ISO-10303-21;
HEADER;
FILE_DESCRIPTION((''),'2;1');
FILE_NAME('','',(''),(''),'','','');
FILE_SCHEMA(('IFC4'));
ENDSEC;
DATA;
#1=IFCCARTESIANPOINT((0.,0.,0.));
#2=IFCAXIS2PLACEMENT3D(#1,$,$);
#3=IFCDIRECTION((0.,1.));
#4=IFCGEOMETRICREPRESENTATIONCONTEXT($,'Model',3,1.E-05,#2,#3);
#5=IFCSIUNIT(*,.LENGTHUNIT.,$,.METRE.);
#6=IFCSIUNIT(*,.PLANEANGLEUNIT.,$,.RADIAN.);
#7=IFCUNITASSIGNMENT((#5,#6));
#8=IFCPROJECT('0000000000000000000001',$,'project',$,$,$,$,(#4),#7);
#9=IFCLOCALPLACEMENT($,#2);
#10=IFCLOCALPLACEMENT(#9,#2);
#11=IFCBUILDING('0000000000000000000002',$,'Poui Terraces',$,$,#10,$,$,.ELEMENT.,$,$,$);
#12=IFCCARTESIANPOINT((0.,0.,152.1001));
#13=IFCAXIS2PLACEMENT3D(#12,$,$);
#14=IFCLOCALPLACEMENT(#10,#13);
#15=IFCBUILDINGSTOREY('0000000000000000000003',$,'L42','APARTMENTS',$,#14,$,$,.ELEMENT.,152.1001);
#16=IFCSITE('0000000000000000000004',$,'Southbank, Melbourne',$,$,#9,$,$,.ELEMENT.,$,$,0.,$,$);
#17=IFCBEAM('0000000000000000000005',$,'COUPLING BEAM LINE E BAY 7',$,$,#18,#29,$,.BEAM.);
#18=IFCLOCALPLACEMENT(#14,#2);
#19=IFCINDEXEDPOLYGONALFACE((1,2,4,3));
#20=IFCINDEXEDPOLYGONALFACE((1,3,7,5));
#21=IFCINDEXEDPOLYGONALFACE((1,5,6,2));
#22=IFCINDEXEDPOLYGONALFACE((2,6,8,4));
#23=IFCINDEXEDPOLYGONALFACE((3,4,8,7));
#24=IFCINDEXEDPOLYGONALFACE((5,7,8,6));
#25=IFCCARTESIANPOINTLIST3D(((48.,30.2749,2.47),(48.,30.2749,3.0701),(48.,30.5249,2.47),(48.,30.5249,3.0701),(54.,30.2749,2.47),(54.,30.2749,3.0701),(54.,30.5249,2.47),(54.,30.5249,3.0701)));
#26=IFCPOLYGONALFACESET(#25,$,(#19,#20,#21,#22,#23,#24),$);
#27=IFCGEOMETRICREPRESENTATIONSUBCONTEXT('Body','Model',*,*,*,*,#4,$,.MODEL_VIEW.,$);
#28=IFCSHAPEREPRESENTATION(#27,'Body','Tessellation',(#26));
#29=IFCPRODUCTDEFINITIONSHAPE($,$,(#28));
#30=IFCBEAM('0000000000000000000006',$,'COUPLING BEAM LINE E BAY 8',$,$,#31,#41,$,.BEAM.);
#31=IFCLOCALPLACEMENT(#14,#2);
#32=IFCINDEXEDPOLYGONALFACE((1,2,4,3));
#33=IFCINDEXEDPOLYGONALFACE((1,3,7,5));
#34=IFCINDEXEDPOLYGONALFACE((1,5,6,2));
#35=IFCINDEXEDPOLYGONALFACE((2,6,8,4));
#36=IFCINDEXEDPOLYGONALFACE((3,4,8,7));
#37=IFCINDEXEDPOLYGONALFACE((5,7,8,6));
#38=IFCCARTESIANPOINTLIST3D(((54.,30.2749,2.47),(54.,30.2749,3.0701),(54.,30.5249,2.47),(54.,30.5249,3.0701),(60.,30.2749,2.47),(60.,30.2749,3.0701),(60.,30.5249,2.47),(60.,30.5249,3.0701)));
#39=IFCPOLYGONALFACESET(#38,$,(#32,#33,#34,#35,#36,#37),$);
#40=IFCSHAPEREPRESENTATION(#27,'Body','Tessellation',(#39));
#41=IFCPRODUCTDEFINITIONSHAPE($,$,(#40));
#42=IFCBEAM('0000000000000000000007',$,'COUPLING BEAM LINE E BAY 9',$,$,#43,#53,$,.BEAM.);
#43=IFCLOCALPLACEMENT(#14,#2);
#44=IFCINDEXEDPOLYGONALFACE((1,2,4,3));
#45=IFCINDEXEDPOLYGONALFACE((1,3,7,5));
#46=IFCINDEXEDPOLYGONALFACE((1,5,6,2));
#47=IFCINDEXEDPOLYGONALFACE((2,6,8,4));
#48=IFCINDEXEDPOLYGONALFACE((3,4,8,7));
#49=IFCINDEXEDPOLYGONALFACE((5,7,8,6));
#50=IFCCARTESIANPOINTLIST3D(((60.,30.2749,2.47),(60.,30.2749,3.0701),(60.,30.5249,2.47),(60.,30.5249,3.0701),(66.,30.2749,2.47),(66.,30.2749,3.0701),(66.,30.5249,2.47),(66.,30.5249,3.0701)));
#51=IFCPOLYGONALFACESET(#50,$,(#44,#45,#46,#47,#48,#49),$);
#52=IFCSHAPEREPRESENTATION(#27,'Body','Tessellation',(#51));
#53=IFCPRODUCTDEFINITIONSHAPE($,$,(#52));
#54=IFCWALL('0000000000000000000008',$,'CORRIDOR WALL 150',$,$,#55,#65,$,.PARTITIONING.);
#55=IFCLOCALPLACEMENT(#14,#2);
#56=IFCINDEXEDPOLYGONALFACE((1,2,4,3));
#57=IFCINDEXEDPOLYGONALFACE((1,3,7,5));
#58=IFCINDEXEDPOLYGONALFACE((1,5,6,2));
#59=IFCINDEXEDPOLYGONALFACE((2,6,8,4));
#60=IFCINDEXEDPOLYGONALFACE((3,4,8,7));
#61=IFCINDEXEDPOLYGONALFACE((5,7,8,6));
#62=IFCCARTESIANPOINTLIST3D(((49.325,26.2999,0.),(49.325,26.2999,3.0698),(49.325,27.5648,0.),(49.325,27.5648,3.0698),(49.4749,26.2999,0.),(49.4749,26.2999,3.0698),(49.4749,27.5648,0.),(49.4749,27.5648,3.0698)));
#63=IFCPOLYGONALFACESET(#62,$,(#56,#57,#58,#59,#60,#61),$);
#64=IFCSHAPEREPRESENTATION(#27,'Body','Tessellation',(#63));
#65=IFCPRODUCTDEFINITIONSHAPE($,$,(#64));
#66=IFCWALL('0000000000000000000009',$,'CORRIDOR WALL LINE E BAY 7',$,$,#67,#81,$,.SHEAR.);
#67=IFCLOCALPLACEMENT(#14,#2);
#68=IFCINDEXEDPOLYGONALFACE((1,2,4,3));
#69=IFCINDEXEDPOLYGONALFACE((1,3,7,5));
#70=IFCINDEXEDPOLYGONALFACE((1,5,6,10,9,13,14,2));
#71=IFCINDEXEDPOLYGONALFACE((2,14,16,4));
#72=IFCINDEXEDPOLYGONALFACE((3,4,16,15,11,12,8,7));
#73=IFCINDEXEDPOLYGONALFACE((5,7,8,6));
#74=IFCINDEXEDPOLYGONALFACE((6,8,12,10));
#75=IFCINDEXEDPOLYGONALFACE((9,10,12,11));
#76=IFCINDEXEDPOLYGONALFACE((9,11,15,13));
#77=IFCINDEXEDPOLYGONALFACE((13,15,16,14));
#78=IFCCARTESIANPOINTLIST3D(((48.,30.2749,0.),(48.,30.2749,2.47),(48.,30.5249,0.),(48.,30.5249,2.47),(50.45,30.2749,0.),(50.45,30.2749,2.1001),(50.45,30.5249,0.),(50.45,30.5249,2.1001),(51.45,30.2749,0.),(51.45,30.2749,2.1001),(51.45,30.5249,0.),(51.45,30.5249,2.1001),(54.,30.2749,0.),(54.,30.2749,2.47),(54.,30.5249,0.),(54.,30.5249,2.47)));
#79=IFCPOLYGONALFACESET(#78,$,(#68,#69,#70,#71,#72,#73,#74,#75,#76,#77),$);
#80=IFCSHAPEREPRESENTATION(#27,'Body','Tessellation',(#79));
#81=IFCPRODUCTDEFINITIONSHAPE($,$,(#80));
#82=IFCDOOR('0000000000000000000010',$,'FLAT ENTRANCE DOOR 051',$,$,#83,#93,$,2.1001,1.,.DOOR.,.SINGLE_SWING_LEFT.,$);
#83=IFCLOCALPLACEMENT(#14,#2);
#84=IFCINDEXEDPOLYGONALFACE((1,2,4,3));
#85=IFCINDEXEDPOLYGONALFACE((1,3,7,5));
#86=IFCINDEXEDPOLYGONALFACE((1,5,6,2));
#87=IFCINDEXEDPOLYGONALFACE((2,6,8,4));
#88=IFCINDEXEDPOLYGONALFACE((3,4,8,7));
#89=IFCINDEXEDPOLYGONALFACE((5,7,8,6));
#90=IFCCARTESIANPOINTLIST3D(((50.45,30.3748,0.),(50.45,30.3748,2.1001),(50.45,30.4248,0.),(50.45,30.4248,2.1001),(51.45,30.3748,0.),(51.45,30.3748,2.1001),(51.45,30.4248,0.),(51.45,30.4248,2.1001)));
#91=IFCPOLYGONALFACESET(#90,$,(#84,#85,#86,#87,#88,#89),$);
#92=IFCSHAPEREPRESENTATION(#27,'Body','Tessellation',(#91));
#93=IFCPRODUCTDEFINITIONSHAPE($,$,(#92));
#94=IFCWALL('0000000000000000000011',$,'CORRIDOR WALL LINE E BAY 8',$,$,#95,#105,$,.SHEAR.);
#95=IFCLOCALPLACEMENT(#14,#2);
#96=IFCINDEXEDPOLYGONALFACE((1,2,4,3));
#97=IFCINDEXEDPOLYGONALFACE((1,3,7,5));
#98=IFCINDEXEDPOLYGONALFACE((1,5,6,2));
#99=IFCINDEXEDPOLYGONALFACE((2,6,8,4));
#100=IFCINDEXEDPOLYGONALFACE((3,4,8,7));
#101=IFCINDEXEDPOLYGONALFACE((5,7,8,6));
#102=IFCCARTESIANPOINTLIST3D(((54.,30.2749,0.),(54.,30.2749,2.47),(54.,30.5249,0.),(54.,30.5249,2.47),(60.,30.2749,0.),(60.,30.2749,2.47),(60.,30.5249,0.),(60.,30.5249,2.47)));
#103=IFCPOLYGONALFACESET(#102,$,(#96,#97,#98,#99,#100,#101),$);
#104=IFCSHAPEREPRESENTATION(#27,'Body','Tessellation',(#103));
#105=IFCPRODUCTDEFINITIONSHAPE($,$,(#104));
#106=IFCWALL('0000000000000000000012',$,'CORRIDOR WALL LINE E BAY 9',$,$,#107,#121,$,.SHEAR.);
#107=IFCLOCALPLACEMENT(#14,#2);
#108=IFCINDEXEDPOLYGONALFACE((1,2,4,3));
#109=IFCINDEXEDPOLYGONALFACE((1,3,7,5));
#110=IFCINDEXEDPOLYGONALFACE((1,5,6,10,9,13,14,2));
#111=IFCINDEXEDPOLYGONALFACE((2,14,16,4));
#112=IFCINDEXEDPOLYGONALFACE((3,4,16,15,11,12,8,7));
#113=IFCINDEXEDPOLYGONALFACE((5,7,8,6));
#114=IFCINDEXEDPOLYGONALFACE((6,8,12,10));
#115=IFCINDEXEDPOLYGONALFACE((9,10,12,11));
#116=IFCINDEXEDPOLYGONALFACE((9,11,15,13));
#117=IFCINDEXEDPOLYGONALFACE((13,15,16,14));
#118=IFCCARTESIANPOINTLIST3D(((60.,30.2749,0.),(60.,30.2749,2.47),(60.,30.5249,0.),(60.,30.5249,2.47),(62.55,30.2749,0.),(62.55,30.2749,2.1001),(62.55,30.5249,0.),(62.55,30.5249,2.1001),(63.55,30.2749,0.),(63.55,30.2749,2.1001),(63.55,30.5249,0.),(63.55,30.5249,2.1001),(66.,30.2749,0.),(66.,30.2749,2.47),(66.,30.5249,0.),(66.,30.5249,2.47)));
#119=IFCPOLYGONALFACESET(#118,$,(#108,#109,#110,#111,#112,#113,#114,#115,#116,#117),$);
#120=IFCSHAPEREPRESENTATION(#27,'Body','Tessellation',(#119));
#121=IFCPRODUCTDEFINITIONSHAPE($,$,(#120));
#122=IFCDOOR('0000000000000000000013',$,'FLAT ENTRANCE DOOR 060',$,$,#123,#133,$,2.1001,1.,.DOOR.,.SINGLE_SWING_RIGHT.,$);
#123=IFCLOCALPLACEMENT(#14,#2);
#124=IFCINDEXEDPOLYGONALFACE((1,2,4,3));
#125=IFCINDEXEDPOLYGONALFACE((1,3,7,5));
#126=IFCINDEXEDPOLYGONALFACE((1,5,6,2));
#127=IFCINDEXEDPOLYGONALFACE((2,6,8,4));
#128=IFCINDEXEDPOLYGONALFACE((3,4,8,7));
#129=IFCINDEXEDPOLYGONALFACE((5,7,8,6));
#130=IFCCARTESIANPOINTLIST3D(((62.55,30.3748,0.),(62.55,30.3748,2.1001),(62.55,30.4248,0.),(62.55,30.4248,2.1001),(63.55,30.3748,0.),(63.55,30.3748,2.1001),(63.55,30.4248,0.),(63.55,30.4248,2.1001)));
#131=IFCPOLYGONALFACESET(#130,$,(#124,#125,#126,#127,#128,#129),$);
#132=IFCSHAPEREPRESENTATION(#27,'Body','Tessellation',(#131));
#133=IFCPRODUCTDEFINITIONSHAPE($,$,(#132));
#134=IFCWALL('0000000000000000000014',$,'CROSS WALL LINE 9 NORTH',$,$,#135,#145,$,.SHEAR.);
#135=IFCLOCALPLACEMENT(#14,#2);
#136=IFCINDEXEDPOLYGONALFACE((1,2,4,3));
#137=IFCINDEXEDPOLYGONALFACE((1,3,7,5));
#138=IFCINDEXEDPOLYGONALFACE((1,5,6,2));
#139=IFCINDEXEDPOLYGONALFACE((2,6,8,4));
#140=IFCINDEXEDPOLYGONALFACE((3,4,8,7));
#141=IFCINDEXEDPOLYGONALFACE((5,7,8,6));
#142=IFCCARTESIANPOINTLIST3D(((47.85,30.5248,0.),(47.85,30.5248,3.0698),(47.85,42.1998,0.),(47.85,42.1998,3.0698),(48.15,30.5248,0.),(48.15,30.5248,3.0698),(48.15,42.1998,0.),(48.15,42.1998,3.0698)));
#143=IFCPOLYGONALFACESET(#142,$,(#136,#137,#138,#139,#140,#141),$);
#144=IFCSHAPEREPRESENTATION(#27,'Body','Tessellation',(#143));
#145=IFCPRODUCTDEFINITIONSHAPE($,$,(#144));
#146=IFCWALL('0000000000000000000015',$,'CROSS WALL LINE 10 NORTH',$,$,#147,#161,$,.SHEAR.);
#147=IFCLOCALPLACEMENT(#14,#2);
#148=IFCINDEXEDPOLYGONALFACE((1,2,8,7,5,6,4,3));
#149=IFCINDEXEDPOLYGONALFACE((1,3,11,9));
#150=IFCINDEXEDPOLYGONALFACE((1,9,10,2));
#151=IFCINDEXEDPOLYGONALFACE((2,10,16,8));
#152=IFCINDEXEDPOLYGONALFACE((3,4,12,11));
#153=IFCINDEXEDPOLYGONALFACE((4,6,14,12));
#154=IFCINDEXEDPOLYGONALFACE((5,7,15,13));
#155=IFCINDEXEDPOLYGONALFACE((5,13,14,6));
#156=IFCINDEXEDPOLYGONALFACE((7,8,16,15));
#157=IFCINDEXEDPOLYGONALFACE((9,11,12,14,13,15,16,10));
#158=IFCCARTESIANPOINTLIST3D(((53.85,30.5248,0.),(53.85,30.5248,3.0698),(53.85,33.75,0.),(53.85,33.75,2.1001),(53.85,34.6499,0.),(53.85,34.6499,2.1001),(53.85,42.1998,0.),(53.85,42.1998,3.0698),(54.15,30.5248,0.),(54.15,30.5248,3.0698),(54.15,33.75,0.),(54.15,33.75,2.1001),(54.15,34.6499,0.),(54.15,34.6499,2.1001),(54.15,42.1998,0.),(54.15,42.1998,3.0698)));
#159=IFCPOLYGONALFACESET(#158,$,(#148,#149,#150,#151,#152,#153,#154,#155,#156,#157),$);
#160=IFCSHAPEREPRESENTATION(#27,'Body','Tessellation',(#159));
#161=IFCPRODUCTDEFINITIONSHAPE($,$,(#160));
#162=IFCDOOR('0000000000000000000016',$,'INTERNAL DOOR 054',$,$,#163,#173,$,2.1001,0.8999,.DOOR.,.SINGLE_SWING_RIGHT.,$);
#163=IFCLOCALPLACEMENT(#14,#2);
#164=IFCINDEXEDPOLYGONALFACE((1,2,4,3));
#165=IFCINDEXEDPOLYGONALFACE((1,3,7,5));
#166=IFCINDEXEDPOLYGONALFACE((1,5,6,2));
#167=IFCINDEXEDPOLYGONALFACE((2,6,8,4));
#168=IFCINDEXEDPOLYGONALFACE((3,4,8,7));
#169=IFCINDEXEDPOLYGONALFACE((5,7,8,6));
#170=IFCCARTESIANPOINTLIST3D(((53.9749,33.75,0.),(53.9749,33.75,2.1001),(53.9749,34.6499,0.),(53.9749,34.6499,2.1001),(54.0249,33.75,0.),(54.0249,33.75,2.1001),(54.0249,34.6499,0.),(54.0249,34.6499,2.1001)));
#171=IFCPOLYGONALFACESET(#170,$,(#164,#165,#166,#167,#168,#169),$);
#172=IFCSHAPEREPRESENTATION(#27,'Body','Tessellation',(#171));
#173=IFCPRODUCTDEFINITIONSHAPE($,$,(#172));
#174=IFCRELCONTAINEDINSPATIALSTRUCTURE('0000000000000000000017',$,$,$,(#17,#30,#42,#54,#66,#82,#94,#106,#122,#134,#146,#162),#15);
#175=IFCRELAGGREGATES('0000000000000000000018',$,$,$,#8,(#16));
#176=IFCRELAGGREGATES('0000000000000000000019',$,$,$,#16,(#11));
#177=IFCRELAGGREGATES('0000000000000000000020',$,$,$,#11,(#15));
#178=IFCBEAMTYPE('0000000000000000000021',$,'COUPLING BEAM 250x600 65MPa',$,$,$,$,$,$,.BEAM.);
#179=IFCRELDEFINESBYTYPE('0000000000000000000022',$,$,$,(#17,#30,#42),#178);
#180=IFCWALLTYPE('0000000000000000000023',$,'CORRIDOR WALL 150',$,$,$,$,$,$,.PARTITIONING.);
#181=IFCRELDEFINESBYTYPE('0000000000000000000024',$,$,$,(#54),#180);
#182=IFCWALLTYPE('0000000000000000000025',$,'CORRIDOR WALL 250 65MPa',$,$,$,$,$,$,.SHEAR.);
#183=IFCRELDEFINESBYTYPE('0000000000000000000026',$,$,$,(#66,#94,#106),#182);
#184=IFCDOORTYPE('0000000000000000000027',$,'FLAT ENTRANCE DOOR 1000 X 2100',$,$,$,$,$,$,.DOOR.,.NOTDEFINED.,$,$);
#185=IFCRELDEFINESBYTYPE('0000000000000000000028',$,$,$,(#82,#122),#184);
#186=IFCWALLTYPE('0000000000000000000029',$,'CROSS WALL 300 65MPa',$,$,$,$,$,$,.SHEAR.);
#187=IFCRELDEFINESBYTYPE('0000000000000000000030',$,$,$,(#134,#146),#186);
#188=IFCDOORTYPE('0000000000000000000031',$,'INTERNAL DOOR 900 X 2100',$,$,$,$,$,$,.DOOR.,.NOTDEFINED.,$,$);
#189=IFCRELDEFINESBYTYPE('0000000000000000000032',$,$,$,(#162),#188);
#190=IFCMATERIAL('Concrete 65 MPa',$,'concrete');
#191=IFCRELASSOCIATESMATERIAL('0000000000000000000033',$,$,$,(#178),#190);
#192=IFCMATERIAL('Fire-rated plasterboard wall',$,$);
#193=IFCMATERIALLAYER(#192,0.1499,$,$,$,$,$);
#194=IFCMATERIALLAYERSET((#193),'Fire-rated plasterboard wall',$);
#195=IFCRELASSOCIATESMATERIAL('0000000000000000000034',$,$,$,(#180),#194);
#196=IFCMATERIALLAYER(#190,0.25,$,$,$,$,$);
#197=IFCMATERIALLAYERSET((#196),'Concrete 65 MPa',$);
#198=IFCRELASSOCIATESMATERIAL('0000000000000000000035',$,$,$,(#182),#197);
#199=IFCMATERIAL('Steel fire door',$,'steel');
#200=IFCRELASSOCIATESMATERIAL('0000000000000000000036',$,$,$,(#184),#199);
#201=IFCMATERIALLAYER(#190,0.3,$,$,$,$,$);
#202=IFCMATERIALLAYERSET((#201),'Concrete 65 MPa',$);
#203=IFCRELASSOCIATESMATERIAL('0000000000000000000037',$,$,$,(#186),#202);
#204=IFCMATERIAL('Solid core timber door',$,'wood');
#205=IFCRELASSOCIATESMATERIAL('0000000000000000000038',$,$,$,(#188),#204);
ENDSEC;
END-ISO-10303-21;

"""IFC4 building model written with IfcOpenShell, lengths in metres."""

from ifc_helpers import new_model, si_unit, direction, frame, frame_2d, origin, origin_2d, place, context, subcontext, project, spatial, rectangle, extrude, source, transform, mapped, material, layer, layer_set, material_profile, profile_set, type_object, element, fill, save


model = new_model("IFC4")

# Units and contexts
model_context = context("Model", 3, precision=1e-05, world=origin(), true_north=direction((0.0, 1.0)))
body_context = subcontext(model_context, "Body", "Model", "MODEL_VIEW")
ifc_project = project(units=[si_unit("LENGTHUNIT", "METRE"), si_unit("PLANEANGLEUNIT", "RADIAN")], contexts=[model_context])

# Site, building, storey
site_placement = place(None, origin())
site = spatial("IfcSite", under=ifc_project, at=site_placement, Name="Southbank, Melbourne", CompositionType="ELEMENT", RefElevation=0.0)
building_placement = place(site_placement, origin())
building = spatial("IfcBuilding", under=site, at=building_placement, Name="Poui Terraces", CompositionType="ELEMENT")
storey_placement = place(building_placement, frame((0.0, 0.0, 152.1001)))
storey = spatial("IfcBuildingStorey", under=building, at=storey_placement, Name="L42", Description="APARTMENTS", CompositionType="ELEMENT", Elevation=152.1001)

# Beams
ifc_material_1 = material(Name="Concrete 65 MPa", Category="concrete")
ifc_material_profile = material_profile(ifc_material_1, rectangle(XDim=0.25, YDim=0.6001, at=origin_2d()), Name="RC 250x600")
ifc_profile_set = profile_set([ifc_material_profile], Name="Concrete 65 MPa")
beam_type = type_object("IfcBeamType", Name="COUPLING BEAM 250x600 65MPa", PredefinedType="BEAM", material=ifc_profile_set)
shared_shape = source(origin(), body_context, "Body", "SweptSolid", [
    extrude(rectangle(XDim=0.25, YDim=0.6001, at=origin_2d()), origin(), (0.0, 0.0, 1.0), 6.0),
])
for number, where, z_axis, x_axis, name in (
    (1, (48.0, 30.3999, 2.77), (1.0, 0.0, 0.0), (0.0, 1.0, 0.0), "COUPLING BEAM LINE E BAY 7"),
    (2, (54.0, 30.3999, 2.77), (1.0, 0.0, 0.0), (0.0, 1.0, 0.0), "COUPLING BEAM LINE E BAY 8"),
    (3, (60.0, 30.3999, 2.77), (1.0, 0.0, 0.0), (0.0, 1.0, 0.0), "COUPLING BEAM LINE E BAY 9"),
):
    element("IfcBeam", number, at=place(storey_placement, frame(where, z_axis=z_axis, x_axis=x_axis)), inside=storey, type_object=beam_type, Name=name, PredefinedType="BEAM", context=body_context, shape_type="MappedRepresentation", body=[
        mapped(shared_shape, transform((0.0, 0.0, 0.0))),
    ])

# Wall
ifc_material_2 = material(Name="Fire-rated plasterboard wall")
ifc_layer_1 = layer(ifc_material_2, 0.1499)
ifc_layer_set_1 = layer_set([ifc_layer_1], Name="Fire-rated plasterboard wall")
wall_type_1 = type_object("IfcWallType", Name="CORRIDOR WALL 150", PredefinedType="PARTITIONING", material=ifc_layer_set_1)
wall_1_placement = place(storey_placement, frame((49.3999, 26.3, 0.0), z_axis=(0.0, 0.0, 1.0), x_axis=(0.0, 1.0, 0.0)))
element("IfcWall", 4, at=wall_1_placement, inside=storey, type_object=wall_type_1, Name="CORRIDOR WALL 150", PredefinedType="PARTITIONING", context=body_context, shape_type="SweptSolid", body=[
    extrude(rectangle(XDim=1.2649, YDim=0.1499, at=frame_2d((0.6323, 0.0))), origin(), (0.0, 0.0, 1.0), 3.0698),
])

# Wall, opening, door
ifc_layer_2 = layer(ifc_material_1, 0.25)
ifc_layer_set_2 = layer_set([ifc_layer_2], Name="Concrete 65 MPa")
wall_type_2 = type_object("IfcWallType", Name="CORRIDOR WALL 250 65MPa", PredefinedType="SHEAR", material=ifc_layer_set_2)
wall_2_placement = place(storey_placement, frame((48.0, 30.3999, 0.0), z_axis=(0.0, 0.0, 1.0), x_axis=(1.0, 0.0, 0.0)))
wall_2 = element("IfcWall", 5, at=wall_2_placement, inside=storey, type_object=wall_type_2, Name="CORRIDOR WALL LINE E BAY 7", PredefinedType="SHEAR", context=body_context, shape_type="SweptSolid", body=[
    extrude(rectangle(XDim=6.0, YDim=0.25, at=frame_2d((3.0, 0.0))), origin(), (0.0, 0.0, 1.0), 2.47),
])
opening_1_placement = place(wall_2_placement, frame((2.45, 0.0, 0.0)))
opening_1 = element("IfcOpeningElement", 6, at=opening_1_placement, cuts=wall_2, PredefinedType="OPENING", context=body_context, shape_type="SweptSolid", body=[
    extrude(rectangle(XDim=1.0, YDim=2.1001, at=frame_2d((0.5, 1.05))), frame((0.0, 0.135, 0.0), z_axis=(0.0, -1.0, 0.0), x_axis=(1.0, 0.0, 0.0)), (0.0, 0.0, 1.0), 0.27),
])
ifc_material_3 = material(Name="Steel fire door", Category="steel")
door_type_1 = type_object("IfcDoorType", Name="FLAT ENTRANCE DOOR 1000 X 2100", OperationType="NOTDEFINED", PredefinedType="DOOR", material=ifc_material_3)
door_1_placement = place(opening_1_placement, origin())
door_1 = element("IfcDoor", 7, at=door_1_placement, inside=storey, type_object=door_type_1, Name="FLAT ENTRANCE DOOR 051", OperationType="SINGLE_SWING_LEFT", OverallHeight=2.1001, OverallWidth=1.0, PredefinedType="DOOR", context=body_context, shape_type="SweptSolid", body=[
    extrude(rectangle(XDim=1.0, YDim=2.1001, at=frame_2d((0.5, 1.05))), frame((0.0, 0.0249, 0.0), z_axis=(0.0, -1.0, 0.0), x_axis=(1.0, 0.0, 0.0)), (0.0, 0.0, 1.0), 0.05),
])
fill(opening_1, door_1)

# Wall
wall_3_placement = place(storey_placement, frame((54.0, 30.3999, 0.0), z_axis=(0.0, 0.0, 1.0), x_axis=(1.0, 0.0, 0.0)))
element("IfcWall", 8, at=wall_3_placement, inside=storey, type_object=wall_type_2, Name="CORRIDOR WALL LINE E BAY 8", PredefinedType="SHEAR", context=body_context, shape_type="SweptSolid", body=[
    extrude(rectangle(XDim=6.0, YDim=0.25, at=frame_2d((3.0, 0.0))), origin(), (0.0, 0.0, 1.0), 2.47),
])

# Wall, opening, door
wall_4_placement = place(storey_placement, frame((60.0, 30.3999, 0.0), z_axis=(0.0, 0.0, 1.0), x_axis=(1.0, 0.0, 0.0)))
wall_4 = element("IfcWall", 9, at=wall_4_placement, inside=storey, type_object=wall_type_2, Name="CORRIDOR WALL LINE E BAY 9", PredefinedType="SHEAR", context=body_context, shape_type="SweptSolid", body=[
    extrude(rectangle(XDim=6.0, YDim=0.25, at=frame_2d((3.0, 0.0))), origin(), (0.0, 0.0, 1.0), 2.47),
])
opening_2_placement = place(wall_4_placement, frame((2.55, 0.0, 0.0)))
opening_2 = element("IfcOpeningElement", 10, at=opening_2_placement, cuts=wall_4, PredefinedType="OPENING", context=body_context, shape_type="SweptSolid", body=[
    extrude(rectangle(XDim=1.0, YDim=2.1001, at=frame_2d((0.5, 1.05))), frame((0.0, 0.135, 0.0), z_axis=(0.0, -1.0, 0.0), x_axis=(1.0, 0.0, 0.0)), (0.0, 0.0, 1.0), 0.27),
])
door_2_placement = place(opening_2_placement, origin())
door_2 = element("IfcDoor", 11, at=door_2_placement, inside=storey, type_object=door_type_1, Name="FLAT ENTRANCE DOOR 060", OperationType="SINGLE_SWING_RIGHT", OverallHeight=2.1001, OverallWidth=1.0, PredefinedType="DOOR", context=body_context, shape_type="SweptSolid", body=[
    extrude(rectangle(XDim=1.0, YDim=2.1001, at=frame_2d((0.5, 1.05))), frame((0.0, 0.0249, 0.0), z_axis=(0.0, -1.0, 0.0), x_axis=(1.0, 0.0, 0.0)), (0.0, 0.0, 1.0), 0.05),
])
fill(opening_2, door_2)

# Wall
ifc_layer_3 = layer(ifc_material_1, 0.3)
ifc_layer_set_3 = layer_set([ifc_layer_3], Name="Concrete 65 MPa")
wall_type_3 = type_object("IfcWallType", Name="CROSS WALL 300 65MPa", PredefinedType="SHEAR", material=ifc_layer_set_3)
wall_5_placement = place(storey_placement, frame((48.0, 30.5249, 0.0), z_axis=(0.0, 0.0, 1.0), x_axis=(0.0, 1.0, 0.0)))
element("IfcWall", 12, at=wall_5_placement, inside=storey, type_object=wall_type_3, Name="CROSS WALL LINE 9 NORTH", PredefinedType="SHEAR", context=body_context, shape_type="SweptSolid", body=[
    extrude(rectangle(XDim=11.675, YDim=0.3, at=frame_2d((5.8374, 0.0))), origin(), (0.0, 0.0, 1.0), 3.0698),
])

# Wall, opening, door
wall_6_placement = place(storey_placement, frame((54.0, 30.5249, 0.0), z_axis=(0.0, 0.0, 1.0), x_axis=(0.0, 1.0, 0.0)))
wall_6 = element("IfcWall", 13, at=wall_6_placement, inside=storey, type_object=wall_type_3, Name="CROSS WALL LINE 10 NORTH", PredefinedType="SHEAR", context=body_context, shape_type="SweptSolid", body=[
    extrude(rectangle(XDim=11.675, YDim=0.3, at=frame_2d((5.8374, 0.0))), origin(), (0.0, 0.0, 1.0), 3.0698),
])
opening_3_placement = place(wall_6_placement, frame((3.2251, 0.0, 0.0)))
opening_3 = element("IfcOpeningElement", 14, at=opening_3_placement, cuts=wall_6, PredefinedType="OPENING", context=body_context, shape_type="SweptSolid", body=[
    extrude(rectangle(XDim=0.8999, YDim=2.1001, at=frame_2d((0.45, 1.05))), frame((0.0, 0.1602, 0.0), z_axis=(0.0, -1.0, 0.0), x_axis=(1.0, 0.0, 0.0)), (0.0, 0.0, 1.0), 0.3201),
])
ifc_material_4 = material(Name="Solid core timber door", Category="wood")
door_type_2 = type_object("IfcDoorType", Name="INTERNAL DOOR 900 X 2100", OperationType="NOTDEFINED", PredefinedType="DOOR", material=ifc_material_4)
door_3_placement = place(opening_3_placement, frame((0.8999, 0.0, 0.0), z_axis=(0.0, 0.0, 1.0), x_axis=(-1.0, 0.0, 0.0)))
door_3 = element("IfcDoor", 15, at=door_3_placement, inside=storey, type_object=door_type_2, Name="INTERNAL DOOR 054", OperationType="SINGLE_SWING_RIGHT", OverallHeight=2.1001, OverallWidth=0.8999, PredefinedType="DOOR", context=body_context, shape_type="SweptSolid", body=[
    extrude(rectangle(XDim=0.8999, YDim=2.1001, at=frame_2d((0.45, 1.05))), frame((0.0, 0.0249, 0.0), z_axis=(0.0, -1.0, 0.0), x_axis=(1.0, 0.0, 0.0)), (0.0, 0.0, 1.0), 0.05),
])
fill(opening_3, door_3)

save(model, "model.ifc")
